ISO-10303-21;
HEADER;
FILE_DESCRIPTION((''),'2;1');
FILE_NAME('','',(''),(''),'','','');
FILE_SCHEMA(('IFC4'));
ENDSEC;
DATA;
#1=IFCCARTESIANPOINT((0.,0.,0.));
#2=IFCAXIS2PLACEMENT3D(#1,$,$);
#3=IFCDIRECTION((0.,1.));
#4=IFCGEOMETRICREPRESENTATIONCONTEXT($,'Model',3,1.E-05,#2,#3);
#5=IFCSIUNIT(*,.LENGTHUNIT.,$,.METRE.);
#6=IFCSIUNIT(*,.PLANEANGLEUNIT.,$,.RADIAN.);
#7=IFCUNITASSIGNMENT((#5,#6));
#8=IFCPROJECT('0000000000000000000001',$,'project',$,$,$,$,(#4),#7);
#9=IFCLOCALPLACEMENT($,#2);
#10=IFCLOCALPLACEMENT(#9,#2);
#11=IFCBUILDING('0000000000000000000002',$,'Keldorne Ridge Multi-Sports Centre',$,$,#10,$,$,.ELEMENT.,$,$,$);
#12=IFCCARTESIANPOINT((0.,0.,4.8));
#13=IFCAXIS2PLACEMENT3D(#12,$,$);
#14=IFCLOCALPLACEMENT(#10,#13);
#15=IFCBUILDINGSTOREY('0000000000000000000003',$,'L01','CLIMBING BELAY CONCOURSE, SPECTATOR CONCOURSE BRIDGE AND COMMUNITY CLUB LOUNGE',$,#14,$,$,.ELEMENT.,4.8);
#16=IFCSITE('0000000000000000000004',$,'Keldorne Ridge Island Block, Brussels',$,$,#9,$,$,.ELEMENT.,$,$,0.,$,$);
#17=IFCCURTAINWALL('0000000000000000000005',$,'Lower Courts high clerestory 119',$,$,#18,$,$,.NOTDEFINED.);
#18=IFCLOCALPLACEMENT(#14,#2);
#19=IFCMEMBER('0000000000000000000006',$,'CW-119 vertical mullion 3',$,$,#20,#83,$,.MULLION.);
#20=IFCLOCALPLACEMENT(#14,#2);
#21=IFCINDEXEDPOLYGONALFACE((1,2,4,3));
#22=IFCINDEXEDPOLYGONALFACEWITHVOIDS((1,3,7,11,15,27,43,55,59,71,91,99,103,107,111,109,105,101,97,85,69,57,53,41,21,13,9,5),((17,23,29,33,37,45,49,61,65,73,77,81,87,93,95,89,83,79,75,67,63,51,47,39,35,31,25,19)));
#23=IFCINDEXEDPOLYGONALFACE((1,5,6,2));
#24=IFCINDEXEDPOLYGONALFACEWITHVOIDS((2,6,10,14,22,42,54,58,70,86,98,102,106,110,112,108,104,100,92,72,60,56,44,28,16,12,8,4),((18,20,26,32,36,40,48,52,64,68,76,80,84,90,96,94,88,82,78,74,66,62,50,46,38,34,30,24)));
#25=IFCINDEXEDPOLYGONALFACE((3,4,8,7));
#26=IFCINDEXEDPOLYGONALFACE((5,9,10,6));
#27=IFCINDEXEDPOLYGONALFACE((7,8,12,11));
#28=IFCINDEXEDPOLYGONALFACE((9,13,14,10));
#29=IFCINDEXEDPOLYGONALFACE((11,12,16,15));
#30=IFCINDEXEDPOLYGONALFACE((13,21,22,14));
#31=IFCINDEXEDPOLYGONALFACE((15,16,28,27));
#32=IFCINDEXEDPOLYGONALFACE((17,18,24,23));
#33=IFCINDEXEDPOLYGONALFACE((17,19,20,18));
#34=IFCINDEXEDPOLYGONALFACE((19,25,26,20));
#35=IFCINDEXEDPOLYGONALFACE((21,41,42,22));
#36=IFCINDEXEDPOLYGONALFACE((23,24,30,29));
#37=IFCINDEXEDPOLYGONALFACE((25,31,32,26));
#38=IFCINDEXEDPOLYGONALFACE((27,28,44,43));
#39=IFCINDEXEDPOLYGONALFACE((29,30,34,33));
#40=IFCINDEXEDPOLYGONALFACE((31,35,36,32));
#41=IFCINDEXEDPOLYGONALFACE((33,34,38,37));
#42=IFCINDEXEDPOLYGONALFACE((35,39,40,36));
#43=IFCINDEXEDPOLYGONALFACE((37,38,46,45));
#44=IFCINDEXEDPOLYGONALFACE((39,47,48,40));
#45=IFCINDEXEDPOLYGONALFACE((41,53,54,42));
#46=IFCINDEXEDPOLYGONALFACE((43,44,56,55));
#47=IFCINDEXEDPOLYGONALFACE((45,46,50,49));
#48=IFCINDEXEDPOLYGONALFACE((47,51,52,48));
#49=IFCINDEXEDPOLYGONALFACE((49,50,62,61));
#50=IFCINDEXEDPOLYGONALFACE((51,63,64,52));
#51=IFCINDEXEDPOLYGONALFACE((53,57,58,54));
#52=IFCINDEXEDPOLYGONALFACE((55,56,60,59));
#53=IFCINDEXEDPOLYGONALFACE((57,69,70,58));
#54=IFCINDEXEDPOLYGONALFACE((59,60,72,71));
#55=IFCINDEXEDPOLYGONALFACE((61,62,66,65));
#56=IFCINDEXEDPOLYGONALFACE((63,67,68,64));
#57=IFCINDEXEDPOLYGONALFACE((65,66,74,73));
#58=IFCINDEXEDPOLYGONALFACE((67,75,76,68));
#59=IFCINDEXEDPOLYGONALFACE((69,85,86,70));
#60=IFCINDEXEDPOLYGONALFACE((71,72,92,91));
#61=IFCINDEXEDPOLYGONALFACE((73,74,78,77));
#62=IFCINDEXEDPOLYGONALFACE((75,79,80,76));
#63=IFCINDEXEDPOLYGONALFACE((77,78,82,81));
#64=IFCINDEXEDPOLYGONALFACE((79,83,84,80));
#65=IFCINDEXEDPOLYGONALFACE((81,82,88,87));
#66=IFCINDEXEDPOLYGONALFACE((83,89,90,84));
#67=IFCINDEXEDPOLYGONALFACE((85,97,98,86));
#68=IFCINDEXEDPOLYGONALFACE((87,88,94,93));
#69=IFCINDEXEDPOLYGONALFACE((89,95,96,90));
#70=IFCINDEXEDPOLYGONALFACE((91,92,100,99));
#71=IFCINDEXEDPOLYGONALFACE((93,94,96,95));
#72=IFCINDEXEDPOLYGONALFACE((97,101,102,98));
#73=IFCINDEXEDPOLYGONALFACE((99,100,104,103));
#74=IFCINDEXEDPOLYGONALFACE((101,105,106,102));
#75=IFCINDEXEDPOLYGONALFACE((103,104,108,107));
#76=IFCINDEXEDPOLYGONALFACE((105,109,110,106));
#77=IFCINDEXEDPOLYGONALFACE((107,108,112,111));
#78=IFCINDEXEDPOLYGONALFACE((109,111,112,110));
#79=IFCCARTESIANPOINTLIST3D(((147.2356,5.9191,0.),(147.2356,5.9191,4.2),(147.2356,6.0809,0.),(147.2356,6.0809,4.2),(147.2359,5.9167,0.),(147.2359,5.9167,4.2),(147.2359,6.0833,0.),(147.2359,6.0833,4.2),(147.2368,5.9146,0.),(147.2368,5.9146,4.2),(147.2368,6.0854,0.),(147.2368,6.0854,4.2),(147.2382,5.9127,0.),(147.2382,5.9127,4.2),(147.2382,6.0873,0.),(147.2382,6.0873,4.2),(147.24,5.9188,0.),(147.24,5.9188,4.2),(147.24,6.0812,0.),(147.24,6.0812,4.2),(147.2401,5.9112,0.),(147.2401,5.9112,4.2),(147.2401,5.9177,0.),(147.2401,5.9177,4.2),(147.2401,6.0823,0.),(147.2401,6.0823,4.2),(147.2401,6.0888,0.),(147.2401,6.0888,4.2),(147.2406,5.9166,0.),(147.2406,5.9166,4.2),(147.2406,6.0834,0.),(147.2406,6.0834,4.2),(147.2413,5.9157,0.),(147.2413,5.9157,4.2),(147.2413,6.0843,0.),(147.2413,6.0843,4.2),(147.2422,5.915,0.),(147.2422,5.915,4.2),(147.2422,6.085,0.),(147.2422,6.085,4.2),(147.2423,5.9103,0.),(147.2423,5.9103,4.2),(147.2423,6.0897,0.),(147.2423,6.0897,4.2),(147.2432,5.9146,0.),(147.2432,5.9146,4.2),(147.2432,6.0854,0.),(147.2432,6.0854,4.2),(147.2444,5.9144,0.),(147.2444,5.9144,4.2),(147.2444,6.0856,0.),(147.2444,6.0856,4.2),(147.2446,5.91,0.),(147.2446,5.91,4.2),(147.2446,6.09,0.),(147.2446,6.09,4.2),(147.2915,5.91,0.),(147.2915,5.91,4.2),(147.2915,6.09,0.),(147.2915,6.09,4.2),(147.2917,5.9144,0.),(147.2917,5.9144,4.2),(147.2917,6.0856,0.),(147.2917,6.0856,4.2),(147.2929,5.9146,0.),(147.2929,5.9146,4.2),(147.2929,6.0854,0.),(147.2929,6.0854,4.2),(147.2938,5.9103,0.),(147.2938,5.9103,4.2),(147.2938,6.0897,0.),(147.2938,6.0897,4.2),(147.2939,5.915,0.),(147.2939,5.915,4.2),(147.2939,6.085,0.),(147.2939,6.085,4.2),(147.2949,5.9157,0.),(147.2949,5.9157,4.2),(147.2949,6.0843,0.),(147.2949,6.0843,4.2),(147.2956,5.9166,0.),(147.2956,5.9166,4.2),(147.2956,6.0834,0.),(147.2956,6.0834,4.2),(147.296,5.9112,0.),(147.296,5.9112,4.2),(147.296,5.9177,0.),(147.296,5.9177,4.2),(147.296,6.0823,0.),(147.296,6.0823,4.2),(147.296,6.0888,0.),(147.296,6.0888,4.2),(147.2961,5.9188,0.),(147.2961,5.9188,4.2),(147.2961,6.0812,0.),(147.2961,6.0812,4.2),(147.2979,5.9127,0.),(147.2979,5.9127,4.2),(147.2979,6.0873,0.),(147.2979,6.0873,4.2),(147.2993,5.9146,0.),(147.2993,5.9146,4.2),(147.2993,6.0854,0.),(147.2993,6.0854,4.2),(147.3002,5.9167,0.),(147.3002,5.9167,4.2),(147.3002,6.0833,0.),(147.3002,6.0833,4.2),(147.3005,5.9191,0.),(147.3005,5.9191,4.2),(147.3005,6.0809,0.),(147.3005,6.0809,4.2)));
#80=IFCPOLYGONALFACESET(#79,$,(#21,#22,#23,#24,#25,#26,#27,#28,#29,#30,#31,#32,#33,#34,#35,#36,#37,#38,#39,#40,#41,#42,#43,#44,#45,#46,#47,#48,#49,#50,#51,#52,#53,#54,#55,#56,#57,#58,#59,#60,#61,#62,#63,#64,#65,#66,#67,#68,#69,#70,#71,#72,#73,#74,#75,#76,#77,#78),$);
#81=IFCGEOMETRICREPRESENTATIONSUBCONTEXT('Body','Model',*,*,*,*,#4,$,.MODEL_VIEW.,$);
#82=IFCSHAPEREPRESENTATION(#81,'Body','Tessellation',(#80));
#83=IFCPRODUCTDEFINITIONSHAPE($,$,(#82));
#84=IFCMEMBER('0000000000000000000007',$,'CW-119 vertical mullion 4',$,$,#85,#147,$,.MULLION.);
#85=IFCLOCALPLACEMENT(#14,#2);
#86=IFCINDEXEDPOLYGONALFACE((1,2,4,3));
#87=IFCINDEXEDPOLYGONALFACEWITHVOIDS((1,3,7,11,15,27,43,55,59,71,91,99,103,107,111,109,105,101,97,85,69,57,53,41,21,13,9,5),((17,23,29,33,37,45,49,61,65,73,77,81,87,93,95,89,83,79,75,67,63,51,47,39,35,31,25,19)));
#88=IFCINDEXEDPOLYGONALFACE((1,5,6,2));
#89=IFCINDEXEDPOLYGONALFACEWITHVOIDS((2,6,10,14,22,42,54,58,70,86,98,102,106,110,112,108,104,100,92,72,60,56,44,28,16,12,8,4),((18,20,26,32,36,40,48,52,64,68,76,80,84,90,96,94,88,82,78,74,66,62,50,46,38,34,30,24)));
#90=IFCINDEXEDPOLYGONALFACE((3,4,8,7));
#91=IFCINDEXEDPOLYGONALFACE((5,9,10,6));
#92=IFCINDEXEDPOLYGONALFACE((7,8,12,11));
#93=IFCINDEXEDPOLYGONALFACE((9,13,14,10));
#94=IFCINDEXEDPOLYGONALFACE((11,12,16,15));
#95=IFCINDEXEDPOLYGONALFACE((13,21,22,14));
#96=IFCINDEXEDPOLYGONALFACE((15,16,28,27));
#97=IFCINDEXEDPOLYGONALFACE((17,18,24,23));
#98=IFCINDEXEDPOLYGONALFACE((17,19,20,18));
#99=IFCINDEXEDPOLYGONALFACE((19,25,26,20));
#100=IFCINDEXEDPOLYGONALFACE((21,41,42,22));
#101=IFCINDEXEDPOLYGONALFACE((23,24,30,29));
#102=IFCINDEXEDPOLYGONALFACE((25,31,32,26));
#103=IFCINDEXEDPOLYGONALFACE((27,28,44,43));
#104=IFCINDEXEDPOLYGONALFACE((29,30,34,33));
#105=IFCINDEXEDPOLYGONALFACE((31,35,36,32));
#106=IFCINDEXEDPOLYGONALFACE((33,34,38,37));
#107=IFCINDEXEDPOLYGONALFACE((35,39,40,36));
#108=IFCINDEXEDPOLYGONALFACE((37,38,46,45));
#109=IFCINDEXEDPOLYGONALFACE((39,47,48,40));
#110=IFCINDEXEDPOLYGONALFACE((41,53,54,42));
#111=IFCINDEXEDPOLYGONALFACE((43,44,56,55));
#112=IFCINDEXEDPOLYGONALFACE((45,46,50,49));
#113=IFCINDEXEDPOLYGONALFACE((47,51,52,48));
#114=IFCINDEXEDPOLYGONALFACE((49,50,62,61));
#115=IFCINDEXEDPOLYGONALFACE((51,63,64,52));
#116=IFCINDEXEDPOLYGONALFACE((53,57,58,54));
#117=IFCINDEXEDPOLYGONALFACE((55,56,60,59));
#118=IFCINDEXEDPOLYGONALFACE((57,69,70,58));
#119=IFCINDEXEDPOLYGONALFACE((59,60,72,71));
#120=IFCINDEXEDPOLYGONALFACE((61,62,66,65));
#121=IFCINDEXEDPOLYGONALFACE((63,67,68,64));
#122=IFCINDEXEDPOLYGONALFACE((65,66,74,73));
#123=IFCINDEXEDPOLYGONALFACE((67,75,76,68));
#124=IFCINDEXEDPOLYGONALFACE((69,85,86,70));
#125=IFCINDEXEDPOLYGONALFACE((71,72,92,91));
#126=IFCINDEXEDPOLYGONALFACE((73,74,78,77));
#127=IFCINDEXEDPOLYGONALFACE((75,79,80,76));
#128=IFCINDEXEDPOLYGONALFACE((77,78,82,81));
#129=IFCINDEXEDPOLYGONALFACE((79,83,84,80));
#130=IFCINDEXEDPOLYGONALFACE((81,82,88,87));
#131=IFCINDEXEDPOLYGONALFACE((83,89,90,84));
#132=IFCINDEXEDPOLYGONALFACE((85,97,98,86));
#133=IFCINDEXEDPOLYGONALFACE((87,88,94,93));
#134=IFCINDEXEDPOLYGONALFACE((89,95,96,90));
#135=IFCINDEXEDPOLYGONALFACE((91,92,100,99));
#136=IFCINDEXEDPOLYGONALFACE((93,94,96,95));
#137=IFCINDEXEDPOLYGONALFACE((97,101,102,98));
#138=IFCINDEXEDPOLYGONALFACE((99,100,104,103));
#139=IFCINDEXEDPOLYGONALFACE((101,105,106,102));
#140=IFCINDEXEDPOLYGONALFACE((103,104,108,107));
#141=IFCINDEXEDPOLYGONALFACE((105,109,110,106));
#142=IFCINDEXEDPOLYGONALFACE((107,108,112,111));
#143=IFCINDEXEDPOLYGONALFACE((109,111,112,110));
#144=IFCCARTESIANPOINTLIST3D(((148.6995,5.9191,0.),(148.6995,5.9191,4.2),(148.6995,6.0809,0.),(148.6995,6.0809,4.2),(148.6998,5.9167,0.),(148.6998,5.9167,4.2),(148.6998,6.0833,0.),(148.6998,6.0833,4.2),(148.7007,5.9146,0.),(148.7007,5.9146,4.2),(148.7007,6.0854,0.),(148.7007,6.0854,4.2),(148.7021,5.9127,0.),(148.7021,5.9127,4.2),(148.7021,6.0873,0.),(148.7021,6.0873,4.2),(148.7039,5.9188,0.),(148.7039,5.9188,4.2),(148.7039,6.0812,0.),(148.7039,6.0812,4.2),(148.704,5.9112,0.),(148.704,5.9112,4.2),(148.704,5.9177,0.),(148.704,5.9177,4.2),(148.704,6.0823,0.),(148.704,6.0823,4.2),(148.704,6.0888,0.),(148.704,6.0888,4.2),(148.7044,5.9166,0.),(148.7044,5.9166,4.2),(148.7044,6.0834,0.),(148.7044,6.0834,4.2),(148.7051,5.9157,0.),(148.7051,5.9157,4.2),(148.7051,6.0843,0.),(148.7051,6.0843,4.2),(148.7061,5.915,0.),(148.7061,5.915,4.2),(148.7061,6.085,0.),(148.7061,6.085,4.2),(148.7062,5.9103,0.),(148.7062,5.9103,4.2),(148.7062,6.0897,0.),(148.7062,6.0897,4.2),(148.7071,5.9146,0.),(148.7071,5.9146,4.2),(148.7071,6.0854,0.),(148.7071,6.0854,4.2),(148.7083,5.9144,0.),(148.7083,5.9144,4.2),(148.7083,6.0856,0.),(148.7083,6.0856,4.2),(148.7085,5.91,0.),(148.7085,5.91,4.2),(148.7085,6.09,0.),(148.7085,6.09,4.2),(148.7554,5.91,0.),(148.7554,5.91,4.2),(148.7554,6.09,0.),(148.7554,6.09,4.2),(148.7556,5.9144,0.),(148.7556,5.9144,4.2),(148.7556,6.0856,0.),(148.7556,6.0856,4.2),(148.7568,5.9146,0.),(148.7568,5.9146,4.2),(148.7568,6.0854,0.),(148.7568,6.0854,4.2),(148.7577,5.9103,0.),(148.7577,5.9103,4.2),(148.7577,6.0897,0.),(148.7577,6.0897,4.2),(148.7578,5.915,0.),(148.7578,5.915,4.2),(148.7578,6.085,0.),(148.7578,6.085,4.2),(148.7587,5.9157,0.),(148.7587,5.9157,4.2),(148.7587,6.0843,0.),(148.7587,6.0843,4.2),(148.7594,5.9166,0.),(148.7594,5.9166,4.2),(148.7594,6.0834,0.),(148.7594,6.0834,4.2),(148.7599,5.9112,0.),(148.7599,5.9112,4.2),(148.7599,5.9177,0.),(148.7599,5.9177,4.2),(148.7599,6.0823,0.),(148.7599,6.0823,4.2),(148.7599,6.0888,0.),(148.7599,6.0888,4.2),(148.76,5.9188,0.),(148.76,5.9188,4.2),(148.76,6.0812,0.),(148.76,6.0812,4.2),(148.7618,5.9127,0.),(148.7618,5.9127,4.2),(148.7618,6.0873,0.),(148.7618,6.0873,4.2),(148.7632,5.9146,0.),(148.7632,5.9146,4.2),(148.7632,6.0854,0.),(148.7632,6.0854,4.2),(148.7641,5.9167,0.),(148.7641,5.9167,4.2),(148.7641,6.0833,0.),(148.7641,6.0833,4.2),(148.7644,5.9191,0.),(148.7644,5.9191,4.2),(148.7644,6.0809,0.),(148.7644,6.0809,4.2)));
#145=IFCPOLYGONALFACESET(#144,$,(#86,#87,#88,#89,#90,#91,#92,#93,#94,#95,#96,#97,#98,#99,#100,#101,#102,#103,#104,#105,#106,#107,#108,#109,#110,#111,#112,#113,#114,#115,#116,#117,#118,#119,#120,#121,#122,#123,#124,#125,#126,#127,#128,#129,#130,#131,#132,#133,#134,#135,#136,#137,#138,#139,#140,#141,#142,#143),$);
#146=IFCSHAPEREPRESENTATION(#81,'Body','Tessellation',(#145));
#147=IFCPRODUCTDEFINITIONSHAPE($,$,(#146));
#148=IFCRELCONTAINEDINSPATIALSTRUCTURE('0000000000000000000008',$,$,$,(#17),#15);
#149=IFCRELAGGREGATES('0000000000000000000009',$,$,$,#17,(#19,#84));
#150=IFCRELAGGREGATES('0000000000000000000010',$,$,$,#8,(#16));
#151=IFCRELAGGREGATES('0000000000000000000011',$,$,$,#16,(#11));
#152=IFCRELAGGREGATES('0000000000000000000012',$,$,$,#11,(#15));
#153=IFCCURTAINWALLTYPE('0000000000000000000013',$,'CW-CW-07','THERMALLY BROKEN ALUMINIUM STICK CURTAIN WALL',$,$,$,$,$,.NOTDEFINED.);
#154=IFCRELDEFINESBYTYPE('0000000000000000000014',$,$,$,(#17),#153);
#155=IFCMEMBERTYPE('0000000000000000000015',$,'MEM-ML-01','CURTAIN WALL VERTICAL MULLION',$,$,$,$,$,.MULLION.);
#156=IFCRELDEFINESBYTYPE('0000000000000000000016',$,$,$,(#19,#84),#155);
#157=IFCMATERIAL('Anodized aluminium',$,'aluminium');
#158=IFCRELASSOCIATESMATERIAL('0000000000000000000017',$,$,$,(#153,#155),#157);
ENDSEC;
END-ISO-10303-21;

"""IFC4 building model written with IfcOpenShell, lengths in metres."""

from ifc_helpers import new_model, si_unit, direction, frame, origin, origin_2d, place, context, subcontext, project, spatial, hollow_rectangle, extrude, material, material_profile, profile_set, type_object, element, aggregate, save


model = new_model("IFC4")

# Units and contexts
model_context = context("Model", 3, precision=1e-05, world=origin(), true_north=direction((0.0, 1.0)))
body_context = subcontext(model_context, "Body", "Model", "MODEL_VIEW")
ifc_project = project(units=[si_unit("LENGTHUNIT", "METRE"), si_unit("PLANEANGLEUNIT", "RADIAN")], contexts=[model_context])

# Site, building, storey
site_placement = place(None, origin())
site = spatial("IfcSite", under=ifc_project, at=site_placement, Name="Keldorne Ridge Island Block, Brussels", CompositionType="ELEMENT", RefElevation=0.0)
building_placement = place(site_placement, origin())
building = spatial("IfcBuilding", under=site, at=building_placement, Name="Keldorne Ridge Multi-Sports Centre", CompositionType="ELEMENT")
storey_placement = place(building_placement, frame((0.0, 0.0, 4.8)))
storey = spatial("IfcBuildingStorey", under=building, at=storey_placement, Name="L01", Description="CLIMBING BELAY CONCOURSE, SPECTATOR CONCOURSE BRIDGE AND COMMUNITY CLUB LOUNGE", CompositionType="ELEMENT", Elevation=4.8)

# Curtain wall, members
ifc_material_1 = material(Name="Anodized aluminium", Category="aluminium")
curtain_wall_type = type_object("IfcCurtainWallType", Name="CW-CW-07", Description="THERMALLY BROKEN ALUMINIUM STICK CURTAIN WALL", PredefinedType="NOTDEFINED", material=ifc_material_1)
curtain_wall_placement = place(storey_placement, origin())
curtain_wall = element("IfcCurtainWall", 1, at=curtain_wall_placement, inside=storey, type_object=curtain_wall_type, Name="Lower Courts high clerestory 119", PredefinedType="NOTDEFINED")
ifc_material_profile_1 = material_profile(ifc_material_1, hollow_rectangle(XDim=0.0649, YDim=0.1799, WallThickness=0.0044, InnerFilletRadius=0.0044, OuterFilletRadius=0.009, at=origin_2d()), Name="ALU MULLION 180x65x4.5")
ifc_profile_set_1 = profile_set([ifc_material_profile_1], Name="Anodized aluminium")
member_type_1 = type_object("IfcMemberType", Name="MEM-ML-01", Description="CURTAIN WALL VERTICAL MULLION", PredefinedType="MULLION", material=ifc_profile_set_1)
member_1_placement = place(storey_placement, frame((147.2681, 6.0, 0.0), z_axis=(0.0, 0.0, 1.0), x_axis=(1.0, 0.0, 0.0)))
member_1 = element("IfcMember", 2, at=member_1_placement, type_object=member_type_1, Name="CW-119 vertical mullion 3", PredefinedType="MULLION", context=body_context, shape_type="SweptSolid", body=[
    extrude(hollow_rectangle(XDim=0.0649, YDim=0.1799, WallThickness=0.0044, InnerFilletRadius=0.0044, OuterFilletRadius=0.009, at=origin_2d()), origin(), (0.0, 0.0, 1.0), 4.2),
])
member_2_placement = place(storey_placement, frame((148.7319, 6.0, 0.0), z_axis=(0.0, 0.0, 1.0), x_axis=(1.0, 0.0, 0.0)))
member_2 = element("IfcMember", 3, at=member_2_placement, type_object=member_type_1, Name="CW-119 vertical mullion 4", PredefinedType="MULLION", context=body_context, shape_type="SweptSolid", body=[
    extrude(hollow_rectangle(XDim=0.0649, YDim=0.1799, WallThickness=0.0044, InnerFilletRadius=0.0044, OuterFilletRadius=0.009, at=origin_2d()), origin(), (0.0, 0.0, 1.0), 4.2),
])
aggregate(curtain_wall, [member_1, member_2])

save(model, "model.ifc")
